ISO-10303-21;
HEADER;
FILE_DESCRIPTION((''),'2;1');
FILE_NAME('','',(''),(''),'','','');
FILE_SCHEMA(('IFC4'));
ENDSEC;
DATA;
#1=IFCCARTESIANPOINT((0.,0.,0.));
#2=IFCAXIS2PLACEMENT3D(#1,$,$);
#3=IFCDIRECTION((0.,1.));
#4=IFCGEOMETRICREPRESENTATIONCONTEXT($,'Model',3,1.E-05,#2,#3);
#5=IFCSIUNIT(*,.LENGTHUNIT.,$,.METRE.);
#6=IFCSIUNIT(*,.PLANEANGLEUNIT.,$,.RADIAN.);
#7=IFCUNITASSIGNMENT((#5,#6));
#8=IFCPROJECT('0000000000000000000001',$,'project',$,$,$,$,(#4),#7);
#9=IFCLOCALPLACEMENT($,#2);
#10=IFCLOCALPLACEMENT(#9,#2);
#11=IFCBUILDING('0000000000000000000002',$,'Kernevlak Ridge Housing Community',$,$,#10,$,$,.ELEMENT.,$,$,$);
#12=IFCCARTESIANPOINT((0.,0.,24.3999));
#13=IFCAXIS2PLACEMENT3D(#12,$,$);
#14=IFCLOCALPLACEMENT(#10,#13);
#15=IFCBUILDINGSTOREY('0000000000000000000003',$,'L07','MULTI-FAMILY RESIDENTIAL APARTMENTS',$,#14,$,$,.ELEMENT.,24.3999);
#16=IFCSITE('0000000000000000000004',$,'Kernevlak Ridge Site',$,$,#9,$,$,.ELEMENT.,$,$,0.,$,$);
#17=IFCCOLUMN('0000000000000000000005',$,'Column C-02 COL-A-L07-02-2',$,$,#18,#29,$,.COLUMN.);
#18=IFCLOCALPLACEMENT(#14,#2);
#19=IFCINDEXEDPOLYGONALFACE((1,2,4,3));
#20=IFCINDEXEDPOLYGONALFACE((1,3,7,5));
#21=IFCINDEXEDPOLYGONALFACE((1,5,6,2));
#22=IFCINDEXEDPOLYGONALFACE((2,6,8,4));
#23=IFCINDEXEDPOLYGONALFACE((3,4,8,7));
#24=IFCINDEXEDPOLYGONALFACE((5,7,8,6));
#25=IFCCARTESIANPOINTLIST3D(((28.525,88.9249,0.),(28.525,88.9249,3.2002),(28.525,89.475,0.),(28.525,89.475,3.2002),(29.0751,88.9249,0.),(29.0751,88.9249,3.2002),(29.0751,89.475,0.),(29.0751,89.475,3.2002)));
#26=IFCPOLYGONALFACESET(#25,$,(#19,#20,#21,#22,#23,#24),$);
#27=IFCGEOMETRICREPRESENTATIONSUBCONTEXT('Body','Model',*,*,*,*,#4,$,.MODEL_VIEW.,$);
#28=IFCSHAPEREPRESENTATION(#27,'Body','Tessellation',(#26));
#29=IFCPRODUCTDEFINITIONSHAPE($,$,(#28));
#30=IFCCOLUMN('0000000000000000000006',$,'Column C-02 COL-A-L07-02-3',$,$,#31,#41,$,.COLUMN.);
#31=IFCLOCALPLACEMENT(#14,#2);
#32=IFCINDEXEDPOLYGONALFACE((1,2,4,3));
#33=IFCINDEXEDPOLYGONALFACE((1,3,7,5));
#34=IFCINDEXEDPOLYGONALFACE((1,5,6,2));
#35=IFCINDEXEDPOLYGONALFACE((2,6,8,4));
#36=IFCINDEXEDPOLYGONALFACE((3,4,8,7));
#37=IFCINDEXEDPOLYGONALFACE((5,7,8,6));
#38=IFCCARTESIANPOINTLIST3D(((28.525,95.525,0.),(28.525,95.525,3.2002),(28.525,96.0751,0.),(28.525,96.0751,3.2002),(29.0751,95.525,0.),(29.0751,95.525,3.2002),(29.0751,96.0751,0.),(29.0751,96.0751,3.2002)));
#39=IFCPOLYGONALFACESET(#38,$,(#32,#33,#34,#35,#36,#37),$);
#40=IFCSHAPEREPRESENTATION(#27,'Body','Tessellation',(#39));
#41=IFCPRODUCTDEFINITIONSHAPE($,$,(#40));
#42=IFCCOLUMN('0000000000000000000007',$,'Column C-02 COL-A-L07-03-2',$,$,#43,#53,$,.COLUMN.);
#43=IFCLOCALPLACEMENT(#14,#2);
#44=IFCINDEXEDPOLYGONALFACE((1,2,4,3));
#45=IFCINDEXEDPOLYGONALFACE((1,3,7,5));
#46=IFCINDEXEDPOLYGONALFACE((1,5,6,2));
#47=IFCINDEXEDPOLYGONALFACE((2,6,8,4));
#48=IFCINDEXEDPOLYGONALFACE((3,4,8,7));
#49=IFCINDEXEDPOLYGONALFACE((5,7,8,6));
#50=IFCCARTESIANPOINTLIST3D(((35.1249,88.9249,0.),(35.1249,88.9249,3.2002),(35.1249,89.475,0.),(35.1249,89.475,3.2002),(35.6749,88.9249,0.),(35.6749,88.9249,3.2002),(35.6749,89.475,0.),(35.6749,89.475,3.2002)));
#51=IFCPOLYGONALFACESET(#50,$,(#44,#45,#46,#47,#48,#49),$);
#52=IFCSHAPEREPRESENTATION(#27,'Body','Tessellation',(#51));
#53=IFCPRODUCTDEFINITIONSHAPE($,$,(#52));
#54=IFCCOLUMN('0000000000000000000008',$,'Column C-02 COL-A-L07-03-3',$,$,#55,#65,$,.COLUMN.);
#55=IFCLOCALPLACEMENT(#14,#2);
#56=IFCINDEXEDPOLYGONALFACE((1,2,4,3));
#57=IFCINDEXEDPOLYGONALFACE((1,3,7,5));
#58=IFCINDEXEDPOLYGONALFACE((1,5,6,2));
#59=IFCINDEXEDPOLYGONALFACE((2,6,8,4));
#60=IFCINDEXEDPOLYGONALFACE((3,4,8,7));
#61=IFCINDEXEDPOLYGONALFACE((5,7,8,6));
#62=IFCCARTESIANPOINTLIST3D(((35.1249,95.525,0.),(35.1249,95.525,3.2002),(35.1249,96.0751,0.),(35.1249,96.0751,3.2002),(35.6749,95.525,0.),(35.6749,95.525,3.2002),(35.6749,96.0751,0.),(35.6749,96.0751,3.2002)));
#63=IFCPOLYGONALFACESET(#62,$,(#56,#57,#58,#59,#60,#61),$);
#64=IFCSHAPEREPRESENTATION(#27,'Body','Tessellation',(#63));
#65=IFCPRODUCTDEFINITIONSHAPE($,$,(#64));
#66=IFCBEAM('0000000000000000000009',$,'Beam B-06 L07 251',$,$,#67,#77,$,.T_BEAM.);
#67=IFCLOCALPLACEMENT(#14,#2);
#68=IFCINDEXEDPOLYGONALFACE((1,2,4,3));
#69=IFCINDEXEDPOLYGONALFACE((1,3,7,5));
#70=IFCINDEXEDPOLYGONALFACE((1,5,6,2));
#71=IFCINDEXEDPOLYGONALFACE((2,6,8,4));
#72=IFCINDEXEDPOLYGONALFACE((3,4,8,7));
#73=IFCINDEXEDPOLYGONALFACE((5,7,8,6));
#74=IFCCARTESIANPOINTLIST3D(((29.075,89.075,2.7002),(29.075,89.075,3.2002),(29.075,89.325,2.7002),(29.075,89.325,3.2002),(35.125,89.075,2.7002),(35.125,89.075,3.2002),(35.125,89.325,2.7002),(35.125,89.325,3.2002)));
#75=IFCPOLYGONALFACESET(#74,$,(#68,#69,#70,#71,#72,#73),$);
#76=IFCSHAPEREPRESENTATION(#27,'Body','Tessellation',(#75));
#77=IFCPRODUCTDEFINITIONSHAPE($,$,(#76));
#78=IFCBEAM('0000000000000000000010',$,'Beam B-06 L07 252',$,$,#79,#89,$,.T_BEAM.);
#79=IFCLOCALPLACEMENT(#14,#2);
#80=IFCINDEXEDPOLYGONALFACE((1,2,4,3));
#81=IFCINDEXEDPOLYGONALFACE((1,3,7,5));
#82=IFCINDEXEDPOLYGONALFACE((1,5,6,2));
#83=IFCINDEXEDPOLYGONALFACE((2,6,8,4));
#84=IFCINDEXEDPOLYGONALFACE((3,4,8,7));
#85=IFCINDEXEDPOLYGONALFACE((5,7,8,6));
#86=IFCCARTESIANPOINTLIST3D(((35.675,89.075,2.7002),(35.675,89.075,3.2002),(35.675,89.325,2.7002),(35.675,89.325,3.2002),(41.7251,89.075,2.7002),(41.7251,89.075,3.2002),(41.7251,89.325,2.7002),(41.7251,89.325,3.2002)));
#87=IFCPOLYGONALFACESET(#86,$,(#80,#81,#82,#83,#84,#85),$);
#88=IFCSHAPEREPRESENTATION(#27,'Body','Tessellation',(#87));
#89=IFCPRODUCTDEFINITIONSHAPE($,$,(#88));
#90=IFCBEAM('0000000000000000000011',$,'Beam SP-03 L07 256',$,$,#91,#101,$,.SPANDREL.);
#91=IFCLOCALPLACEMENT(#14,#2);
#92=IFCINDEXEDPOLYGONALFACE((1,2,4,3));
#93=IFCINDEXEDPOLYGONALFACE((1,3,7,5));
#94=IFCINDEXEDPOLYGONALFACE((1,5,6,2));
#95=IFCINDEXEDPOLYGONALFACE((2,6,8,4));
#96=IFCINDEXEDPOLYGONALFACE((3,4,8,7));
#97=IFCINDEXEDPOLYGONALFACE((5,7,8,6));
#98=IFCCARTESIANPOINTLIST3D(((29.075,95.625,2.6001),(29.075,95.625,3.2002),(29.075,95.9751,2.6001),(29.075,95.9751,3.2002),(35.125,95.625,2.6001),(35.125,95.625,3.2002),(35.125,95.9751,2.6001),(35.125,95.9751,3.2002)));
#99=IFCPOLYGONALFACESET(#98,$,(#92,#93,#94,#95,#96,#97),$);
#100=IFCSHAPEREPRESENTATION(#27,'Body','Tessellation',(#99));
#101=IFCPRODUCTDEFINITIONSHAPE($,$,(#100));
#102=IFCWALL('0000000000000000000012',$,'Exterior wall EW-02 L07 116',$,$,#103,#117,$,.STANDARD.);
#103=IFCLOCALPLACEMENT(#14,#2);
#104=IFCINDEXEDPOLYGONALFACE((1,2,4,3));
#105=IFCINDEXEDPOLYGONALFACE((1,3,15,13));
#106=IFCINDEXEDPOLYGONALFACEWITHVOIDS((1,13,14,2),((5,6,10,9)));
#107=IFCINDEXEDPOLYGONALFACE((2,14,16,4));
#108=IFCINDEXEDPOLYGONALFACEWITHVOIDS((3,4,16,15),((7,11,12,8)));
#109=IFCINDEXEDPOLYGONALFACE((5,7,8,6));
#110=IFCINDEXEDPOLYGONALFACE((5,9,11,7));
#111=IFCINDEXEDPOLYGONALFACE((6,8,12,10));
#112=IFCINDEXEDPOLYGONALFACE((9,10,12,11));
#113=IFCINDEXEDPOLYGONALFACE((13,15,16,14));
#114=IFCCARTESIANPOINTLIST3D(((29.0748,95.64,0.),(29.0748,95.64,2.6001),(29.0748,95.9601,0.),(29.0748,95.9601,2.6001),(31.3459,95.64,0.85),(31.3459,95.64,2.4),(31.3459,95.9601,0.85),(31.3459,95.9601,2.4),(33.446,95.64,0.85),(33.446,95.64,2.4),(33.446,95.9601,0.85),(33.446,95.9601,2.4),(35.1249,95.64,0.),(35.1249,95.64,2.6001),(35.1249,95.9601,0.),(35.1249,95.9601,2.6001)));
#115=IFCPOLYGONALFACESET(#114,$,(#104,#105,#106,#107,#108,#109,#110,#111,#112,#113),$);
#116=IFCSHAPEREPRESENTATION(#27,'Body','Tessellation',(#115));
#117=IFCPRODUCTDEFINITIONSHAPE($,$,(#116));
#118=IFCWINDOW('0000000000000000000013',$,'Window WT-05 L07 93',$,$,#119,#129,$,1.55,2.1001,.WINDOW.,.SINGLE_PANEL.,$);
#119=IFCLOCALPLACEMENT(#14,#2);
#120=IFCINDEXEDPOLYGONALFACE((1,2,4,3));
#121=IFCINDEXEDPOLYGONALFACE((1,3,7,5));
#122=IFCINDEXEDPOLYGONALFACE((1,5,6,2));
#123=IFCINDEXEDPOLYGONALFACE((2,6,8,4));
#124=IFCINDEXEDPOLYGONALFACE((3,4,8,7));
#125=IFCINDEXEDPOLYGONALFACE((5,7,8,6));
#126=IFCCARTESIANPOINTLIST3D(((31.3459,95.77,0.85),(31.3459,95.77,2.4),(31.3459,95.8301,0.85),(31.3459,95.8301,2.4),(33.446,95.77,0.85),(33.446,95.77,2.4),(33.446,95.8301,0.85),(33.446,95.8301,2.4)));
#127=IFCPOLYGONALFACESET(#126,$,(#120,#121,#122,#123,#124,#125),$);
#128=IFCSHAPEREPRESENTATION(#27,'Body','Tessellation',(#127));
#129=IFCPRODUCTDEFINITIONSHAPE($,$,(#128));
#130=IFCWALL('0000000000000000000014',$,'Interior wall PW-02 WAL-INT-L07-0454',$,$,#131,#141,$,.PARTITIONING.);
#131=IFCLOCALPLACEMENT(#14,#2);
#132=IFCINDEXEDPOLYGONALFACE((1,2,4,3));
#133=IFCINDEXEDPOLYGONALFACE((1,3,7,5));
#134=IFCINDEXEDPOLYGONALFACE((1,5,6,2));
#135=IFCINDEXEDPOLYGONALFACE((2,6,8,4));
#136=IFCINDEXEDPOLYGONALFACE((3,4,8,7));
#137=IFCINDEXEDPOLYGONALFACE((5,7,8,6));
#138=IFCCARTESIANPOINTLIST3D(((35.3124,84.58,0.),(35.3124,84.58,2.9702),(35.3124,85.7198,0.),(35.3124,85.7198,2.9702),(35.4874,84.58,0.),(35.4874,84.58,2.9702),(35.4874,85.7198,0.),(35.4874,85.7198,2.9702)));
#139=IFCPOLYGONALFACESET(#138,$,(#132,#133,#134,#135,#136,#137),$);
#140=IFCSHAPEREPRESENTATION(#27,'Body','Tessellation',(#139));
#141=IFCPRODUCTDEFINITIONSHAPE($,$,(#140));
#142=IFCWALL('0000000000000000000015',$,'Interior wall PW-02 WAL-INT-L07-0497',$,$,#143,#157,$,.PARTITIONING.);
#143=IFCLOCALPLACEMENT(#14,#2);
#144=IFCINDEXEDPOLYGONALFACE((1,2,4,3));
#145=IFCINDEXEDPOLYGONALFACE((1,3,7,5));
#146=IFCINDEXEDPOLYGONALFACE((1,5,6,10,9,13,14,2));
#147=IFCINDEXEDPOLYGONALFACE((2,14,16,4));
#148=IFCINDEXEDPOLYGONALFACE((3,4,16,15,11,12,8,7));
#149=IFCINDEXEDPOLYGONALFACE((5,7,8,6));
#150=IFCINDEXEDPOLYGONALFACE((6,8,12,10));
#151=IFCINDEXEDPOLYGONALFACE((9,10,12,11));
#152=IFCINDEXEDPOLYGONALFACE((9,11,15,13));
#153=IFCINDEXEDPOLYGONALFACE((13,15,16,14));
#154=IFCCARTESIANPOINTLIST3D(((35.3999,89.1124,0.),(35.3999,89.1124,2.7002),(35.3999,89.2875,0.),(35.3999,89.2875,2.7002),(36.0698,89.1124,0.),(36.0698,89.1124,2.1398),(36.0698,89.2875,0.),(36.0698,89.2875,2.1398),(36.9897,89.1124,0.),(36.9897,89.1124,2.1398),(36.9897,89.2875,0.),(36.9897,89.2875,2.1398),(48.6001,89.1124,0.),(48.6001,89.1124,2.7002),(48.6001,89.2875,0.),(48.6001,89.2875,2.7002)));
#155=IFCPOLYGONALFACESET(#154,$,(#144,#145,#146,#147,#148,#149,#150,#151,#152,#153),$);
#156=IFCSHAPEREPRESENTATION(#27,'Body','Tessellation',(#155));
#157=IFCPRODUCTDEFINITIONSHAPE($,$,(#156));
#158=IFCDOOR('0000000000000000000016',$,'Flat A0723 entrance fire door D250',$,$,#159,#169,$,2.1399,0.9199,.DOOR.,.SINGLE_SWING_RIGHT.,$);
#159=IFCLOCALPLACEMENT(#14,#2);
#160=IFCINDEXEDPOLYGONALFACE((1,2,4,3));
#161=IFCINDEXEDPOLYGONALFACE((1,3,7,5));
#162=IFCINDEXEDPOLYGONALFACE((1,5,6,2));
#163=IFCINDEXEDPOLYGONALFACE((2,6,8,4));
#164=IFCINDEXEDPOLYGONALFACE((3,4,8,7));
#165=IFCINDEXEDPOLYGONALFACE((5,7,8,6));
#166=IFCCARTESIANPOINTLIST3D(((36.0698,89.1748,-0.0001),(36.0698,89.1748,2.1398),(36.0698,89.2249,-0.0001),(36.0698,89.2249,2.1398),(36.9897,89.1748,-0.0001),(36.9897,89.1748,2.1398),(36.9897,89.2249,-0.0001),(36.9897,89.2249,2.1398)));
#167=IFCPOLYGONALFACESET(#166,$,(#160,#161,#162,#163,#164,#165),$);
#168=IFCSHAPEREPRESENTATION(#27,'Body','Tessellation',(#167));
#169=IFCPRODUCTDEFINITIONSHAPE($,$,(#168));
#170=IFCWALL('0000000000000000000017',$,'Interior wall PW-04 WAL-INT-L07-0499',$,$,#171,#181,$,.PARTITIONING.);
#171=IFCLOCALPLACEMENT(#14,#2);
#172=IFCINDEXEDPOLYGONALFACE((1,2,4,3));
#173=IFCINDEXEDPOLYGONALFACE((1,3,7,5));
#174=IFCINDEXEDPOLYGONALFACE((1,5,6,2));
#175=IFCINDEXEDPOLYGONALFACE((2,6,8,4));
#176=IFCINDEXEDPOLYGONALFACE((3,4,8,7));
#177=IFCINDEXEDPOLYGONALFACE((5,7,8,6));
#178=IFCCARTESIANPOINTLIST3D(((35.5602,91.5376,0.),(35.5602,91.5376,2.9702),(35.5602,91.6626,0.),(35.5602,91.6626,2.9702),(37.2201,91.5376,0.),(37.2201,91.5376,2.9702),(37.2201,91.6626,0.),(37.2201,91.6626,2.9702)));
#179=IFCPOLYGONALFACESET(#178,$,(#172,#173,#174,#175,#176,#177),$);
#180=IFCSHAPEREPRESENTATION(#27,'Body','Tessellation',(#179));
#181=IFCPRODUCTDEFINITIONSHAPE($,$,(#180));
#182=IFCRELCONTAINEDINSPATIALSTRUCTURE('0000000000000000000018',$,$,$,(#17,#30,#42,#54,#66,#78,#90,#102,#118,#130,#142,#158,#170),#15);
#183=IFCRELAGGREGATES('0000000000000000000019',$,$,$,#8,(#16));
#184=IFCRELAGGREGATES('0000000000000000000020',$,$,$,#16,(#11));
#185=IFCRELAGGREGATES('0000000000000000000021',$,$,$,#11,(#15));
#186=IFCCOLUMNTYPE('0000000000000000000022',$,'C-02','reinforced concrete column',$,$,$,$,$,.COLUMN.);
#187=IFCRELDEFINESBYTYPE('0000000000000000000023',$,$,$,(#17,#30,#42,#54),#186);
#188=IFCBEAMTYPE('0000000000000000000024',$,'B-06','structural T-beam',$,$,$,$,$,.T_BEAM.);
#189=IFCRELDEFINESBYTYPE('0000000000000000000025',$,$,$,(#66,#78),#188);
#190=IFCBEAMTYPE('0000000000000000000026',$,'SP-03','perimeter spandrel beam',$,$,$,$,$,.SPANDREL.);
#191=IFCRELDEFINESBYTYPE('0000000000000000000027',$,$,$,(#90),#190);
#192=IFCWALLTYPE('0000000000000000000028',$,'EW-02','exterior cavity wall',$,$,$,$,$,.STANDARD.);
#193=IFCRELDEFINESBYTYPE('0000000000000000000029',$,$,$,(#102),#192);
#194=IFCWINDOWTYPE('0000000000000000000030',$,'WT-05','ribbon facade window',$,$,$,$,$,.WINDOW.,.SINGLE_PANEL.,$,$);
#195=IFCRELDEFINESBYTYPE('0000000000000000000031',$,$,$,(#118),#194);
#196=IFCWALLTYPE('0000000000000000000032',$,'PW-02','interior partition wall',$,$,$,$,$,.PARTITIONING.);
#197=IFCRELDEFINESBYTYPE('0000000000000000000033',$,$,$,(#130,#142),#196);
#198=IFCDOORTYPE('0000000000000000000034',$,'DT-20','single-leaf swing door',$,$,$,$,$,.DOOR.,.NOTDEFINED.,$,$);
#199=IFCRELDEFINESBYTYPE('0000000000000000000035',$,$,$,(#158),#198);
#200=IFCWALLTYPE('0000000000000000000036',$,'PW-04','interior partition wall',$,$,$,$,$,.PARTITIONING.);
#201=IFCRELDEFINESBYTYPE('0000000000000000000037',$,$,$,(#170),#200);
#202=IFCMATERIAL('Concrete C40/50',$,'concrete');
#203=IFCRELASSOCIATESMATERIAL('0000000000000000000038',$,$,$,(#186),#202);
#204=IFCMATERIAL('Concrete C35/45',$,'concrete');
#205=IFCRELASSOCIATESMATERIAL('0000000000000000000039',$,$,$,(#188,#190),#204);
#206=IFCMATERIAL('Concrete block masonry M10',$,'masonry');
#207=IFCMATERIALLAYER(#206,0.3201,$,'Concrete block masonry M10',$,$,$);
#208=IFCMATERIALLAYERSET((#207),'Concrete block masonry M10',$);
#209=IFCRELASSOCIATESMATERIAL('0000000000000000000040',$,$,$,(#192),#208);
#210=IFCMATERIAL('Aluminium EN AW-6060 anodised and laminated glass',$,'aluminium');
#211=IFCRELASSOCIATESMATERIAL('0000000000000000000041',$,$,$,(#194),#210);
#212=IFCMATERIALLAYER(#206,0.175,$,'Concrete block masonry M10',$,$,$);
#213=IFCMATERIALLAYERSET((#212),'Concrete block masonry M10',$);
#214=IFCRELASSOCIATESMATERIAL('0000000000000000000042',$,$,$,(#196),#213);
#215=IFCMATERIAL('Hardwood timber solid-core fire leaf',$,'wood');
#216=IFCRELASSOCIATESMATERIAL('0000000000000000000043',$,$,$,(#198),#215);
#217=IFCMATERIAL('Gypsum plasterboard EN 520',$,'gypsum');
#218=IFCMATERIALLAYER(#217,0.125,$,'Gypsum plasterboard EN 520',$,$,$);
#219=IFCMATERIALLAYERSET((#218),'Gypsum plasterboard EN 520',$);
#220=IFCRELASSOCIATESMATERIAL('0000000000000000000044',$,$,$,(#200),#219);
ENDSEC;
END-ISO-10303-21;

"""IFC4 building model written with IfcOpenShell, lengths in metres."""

from ifc_helpers import new_model, si_unit, direction, frame, frame_2d, origin, origin_2d, place, context, subcontext, project, spatial, rectangle, extrude, material, layer, layer_set, material_profile, profile_set, type_object, element, fill, save


model = new_model("IFC4")

# Units and contexts
model_context = context("Model", 3, precision=1e-05, world=origin(), true_north=direction((0.0, 1.0)))
body_context = subcontext(model_context, "Body", "Model", "MODEL_VIEW")
ifc_project = project(units=[si_unit("LENGTHUNIT", "METRE"), si_unit("PLANEANGLEUNIT", "RADIAN")], contexts=[model_context])

# Site, building, storey
site_placement = place(None, origin())
site = spatial("IfcSite", under=ifc_project, at=site_placement, Name="Kernevlak Ridge Site", CompositionType="ELEMENT", RefElevation=0.0)
building_placement = place(site_placement, origin())
building = spatial("IfcBuilding", under=site, at=building_placement, Name="Kernevlak Ridge Housing Community", CompositionType="ELEMENT")
storey_placement = place(building_placement, frame((0.0, 0.0, 24.3999)))
storey = spatial("IfcBuildingStorey", under=building, at=storey_placement, Name="L07", Description="MULTI-FAMILY RESIDENTIAL APARTMENTS", CompositionType="ELEMENT", Elevation=24.3999)

# Columns
ifc_material_1 = material(Name="Concrete C40/50", Category="concrete")
ifc_material_profile_1 = material_profile(ifc_material_1, rectangle(XDim=0.55, YDim=0.55, at=origin_2d()), Name="RC 550x550")
ifc_profile_set_1 = profile_set([ifc_material_profile_1], Name="Concrete C40/50")
column_type = type_object("IfcColumnType", Name="C-02", Description="reinforced concrete column", PredefinedType="COLUMN", material=ifc_profile_set_1)
for number, where, z_axis, x_axis, name in (
    (1, (28.8, 89.2, 0.0), (0.0, 0.0, 1.0), (1.0, 0.0, 0.0), "Column C-02 COL-A-L07-02-2"),
    (2, (28.8, 95.8, 0.0), (0.0, 0.0, 1.0), (1.0, 0.0, 0.0), "Column C-02 COL-A-L07-02-3"),
    (3, (35.3999, 89.2, 0.0), (0.0, 0.0, 1.0), (1.0, 0.0, 0.0), "Column C-02 COL-A-L07-03-2"),
    (4, (35.3999, 95.8, 0.0), (0.0, 0.0, 1.0), (1.0, 0.0, 0.0), "Column C-02 COL-A-L07-03-3"),
):
    element("IfcColumn", number, at=place(storey_placement, frame(where, z_axis=z_axis, x_axis=x_axis)), inside=storey, type_object=column_type, Name=name, PredefinedType="COLUMN", context=body_context, shape_type="SweptSolid", body=[
        extrude(rectangle(XDim=0.55, YDim=0.55, at=origin_2d()), origin(), (0.0, 0.0, 1.0), 3.2002),
    ])

# Beams
ifc_material_2 = material(Name="Concrete C35/45", Category="concrete")
ifc_material_profile_2 = material_profile(ifc_material_2, rectangle(XDim=0.25, YDim=0.5, at=origin_2d()), Name="RC 250x500")
ifc_profile_set_2 = profile_set([ifc_material_profile_2], Name="Concrete C35/45")
beam_type_1 = type_object("IfcBeamType", Name="B-06", Description="structural T-beam", PredefinedType="T_BEAM", material=ifc_profile_set_2)
for number, where, z_axis, x_axis, name in (
    (5, (29.075, 89.2, 2.9502), (1.0, 0.0, 0.0), (0.0, 1.0, 0.0), "Beam B-06 L07 251"),
    (6, (35.675, 89.2, 2.9502), (1.0, 0.0, 0.0), (0.0, 1.0, 0.0), "Beam B-06 L07 252"),
):
    element("IfcBeam", number, at=place(storey_placement, frame(where, z_axis=z_axis, x_axis=x_axis)), inside=storey, type_object=beam_type_1, Name=name, PredefinedType="T_BEAM", context=body_context, shape_type="SweptSolid", body=[
        extrude(rectangle(XDim=0.25, YDim=0.5, at=origin_2d()), origin(), (0.0, 0.0, 1.0), 6.05),
    ])
ifc_material_profile_3 = material_profile(ifc_material_2, rectangle(XDim=0.3501, YDim=0.6001, at=origin_2d()), Name="RC 350x600")
ifc_profile_set_3 = profile_set([ifc_material_profile_3], Name="Concrete C35/45")
beam_type_2 = type_object("IfcBeamType", Name="SP-03", Description="perimeter spandrel beam", PredefinedType="SPANDREL", material=ifc_profile_set_3)
beam_placement = place(storey_placement, frame((29.075, 95.8, 2.9001), z_axis=(1.0, 0.0, 0.0), x_axis=(0.0, 1.0, 0.0)))
element("IfcBeam", 7, at=beam_placement, inside=storey, type_object=beam_type_2, Name="Beam SP-03 L07 256", PredefinedType="SPANDREL", context=body_context, shape_type="SweptSolid", body=[
    extrude(rectangle(XDim=0.3501, YDim=0.6001, at=origin_2d()), origin(), (0.0, 0.0, 1.0), 6.05),
])

# Wall, opening, window
ifc_material_3 = material(Name="Concrete block masonry M10", Category="masonry")
ifc_layer_1 = layer(ifc_material_3, 0.3201, Name="Concrete block masonry M10")
ifc_layer_set_1 = layer_set([ifc_layer_1], Name="Concrete block masonry M10")
wall_type_1 = type_object("IfcWallType", Name="EW-02", Description="exterior cavity wall", PredefinedType="STANDARD", material=ifc_layer_set_1)
wall_1_placement = place(storey_placement, frame((29.075, 95.8, 0.0), z_axis=(0.0, 0.0, 1.0), x_axis=(1.0, 0.0, 0.0)))
wall_1 = element("IfcWall", 8, at=wall_1_placement, inside=storey, type_object=wall_type_1, Name="Exterior wall EW-02 L07 116", PredefinedType="STANDARD", context=body_context, shape_type="SweptSolid", body=[
    extrude(rectangle(XDim=6.05, YDim=0.3201, at=frame_2d((3.0249, 0.0))), origin(), (0.0, 0.0, 1.0), 2.6001),
])
opening_1_placement = place(wall_1_placement, frame((2.271, 0.0, 0.8501)))
opening_1 = element("IfcOpeningElement", 9, at=opening_1_placement, cuts=wall_1, PredefinedType="OPENING", context=body_context, shape_type="SweptSolid", body=[
    extrude(rectangle(XDim=2.1001, YDim=1.55, at=frame_2d((1.05, 0.7749))), frame((0.0, 0.1699, 0.0), z_axis=(0.0, -1.0, 0.0), x_axis=(1.0, 0.0, 0.0)), (0.0, 0.0, 1.0), 0.3401),
])
ifc_material_4 = material(Name="Aluminium EN AW-6060 anodised and laminated glass", Category="aluminium")
window_type = type_object("IfcWindowType", Name="WT-05", Description="ribbon facade window", PartitioningType="SINGLE_PANEL", PredefinedType="WINDOW", material=ifc_material_4)
window_placement = place(opening_1_placement, origin())
window = element("IfcWindow", 10, at=window_placement, inside=storey, type_object=window_type, Name="Window WT-05 L07 93", OverallHeight=1.55, OverallWidth=2.1001, PartitioningType="SINGLE_PANEL", PredefinedType="WINDOW", context=body_context, shape_type="SweptSolid", body=[
    extrude(rectangle(XDim=2.1001, YDim=1.55, at=frame_2d((1.05, 0.7749))), frame((0.0, 0.03, 0.0), z_axis=(0.0, -1.0, 0.0), x_axis=(1.0, 0.0, 0.0)), (0.0, 0.0, 1.0), 0.0601),
])
fill(opening_1, window)

# Wall
ifc_layer_2 = layer(ifc_material_3, 0.175, Name="Concrete block masonry M10")
ifc_layer_set_2 = layer_set([ifc_layer_2], Name="Concrete block masonry M10")
wall_type_2 = type_object("IfcWallType", Name="PW-02", Description="interior partition wall", PredefinedType="PARTITIONING", material=ifc_layer_set_2)
wall_2_placement = place(storey_placement, frame((35.3999, 84.5801, 0.0), z_axis=(0.0, 0.0, 1.0), x_axis=(0.0, 1.0, 0.0)))
element("IfcWall", 11, at=wall_2_placement, inside=storey, type_object=wall_type_2, Name="Interior wall PW-02 WAL-INT-L07-0454", PredefinedType="PARTITIONING", context=body_context, shape_type="SweptSolid", body=[
    extrude(rectangle(XDim=1.1399, YDim=0.175, at=frame_2d((0.5698, 0.0))), origin(), (0.0, 0.0, 1.0), 2.9702),
])

# Wall, opening, door
wall_3_placement = place(storey_placement, frame((35.3999, 89.2, 0.0), z_axis=(0.0, 0.0, 1.0), x_axis=(1.0, 0.0, 0.0)))
wall_3 = element("IfcWall", 12, at=wall_3_placement, inside=storey, type_object=wall_type_2, Name="Interior wall PW-02 WAL-INT-L07-0497", PredefinedType="PARTITIONING", context=body_context, shape_type="SweptSolid", body=[
    extrude(rectangle(XDim=13.2002, YDim=0.175, at=frame_2d((6.6001, 0.0))), origin(), (0.0, 0.0, 1.0), 2.7002),
])
opening_2_placement = place(wall_3_placement, frame((0.6699, 0.0, 0.0)))
opening_2 = element("IfcOpeningElement", 13, at=opening_2_placement, cuts=wall_3, PredefinedType="OPENING", context=body_context, shape_type="SweptSolid", body=[
    extrude(rectangle(XDim=0.9199, YDim=2.1399, at=frame_2d((0.46, 1.0698))), frame((0.0, 0.0974, 0.0), z_axis=(0.0, -1.0, 0.0), x_axis=(1.0, 0.0, 0.0)), (0.0, 0.0, 1.0), 0.1951),
])
ifc_material_5 = material(Name="Hardwood timber solid-core fire leaf", Category="wood")
door_type_1 = type_object("IfcDoorType", Name="DT-20", Description="single-leaf swing door", OperationType="NOTDEFINED", PredefinedType="DOOR", material=ifc_material_5)
door_1_placement = place(opening_2_placement, origin())
door_1 = element("IfcDoor", 14, at=door_1_placement, inside=storey, type_object=door_type_1, Name="Flat A0723 entrance fire door D250", OperationType="SINGLE_SWING_RIGHT", OverallHeight=2.1399, OverallWidth=0.9199, PredefinedType="DOOR", context=body_context, shape_type="SweptSolid", body=[
    extrude(rectangle(XDim=0.9199, YDim=2.1399, at=frame_2d((0.46, 1.0698))), frame((0.0, 0.0249, 0.0), z_axis=(0.0, -1.0, 0.0), x_axis=(1.0, 0.0, 0.0)), (0.0, 0.0, 1.0), 0.05),
])
fill(opening_2, door_1)

# Wall
ifc_material_6 = material(Name="Gypsum plasterboard EN 520", Category="gypsum")
ifc_layer_3 = layer(ifc_material_6, 0.125, Name="Gypsum plasterboard EN 520")
ifc_layer_set_3 = layer_set([ifc_layer_3], Name="Gypsum plasterboard EN 520")
wall_type_3 = type_object("IfcWallType", Name="PW-04", Description="interior partition wall", PredefinedType="PARTITIONING", material=ifc_layer_set_3)
wall_4_placement = place(storey_placement, frame((35.5601, 91.6001, 0.0), z_axis=(0.0, 0.0, 1.0), x_axis=(1.0, 0.0, 0.0)))
element("IfcWall", 15, at=wall_4_placement, inside=storey, type_object=wall_type_3, Name="Interior wall PW-04 WAL-INT-L07-0499", PredefinedType="PARTITIONING", context=body_context, shape_type="SweptSolid", body=[
    extrude(rectangle(XDim=1.6599, YDim=0.125, at=frame_2d((0.8301, 0.0))), origin(), (0.0, 0.0, 1.0), 2.9702),
])

save(model, "model.ifc")
